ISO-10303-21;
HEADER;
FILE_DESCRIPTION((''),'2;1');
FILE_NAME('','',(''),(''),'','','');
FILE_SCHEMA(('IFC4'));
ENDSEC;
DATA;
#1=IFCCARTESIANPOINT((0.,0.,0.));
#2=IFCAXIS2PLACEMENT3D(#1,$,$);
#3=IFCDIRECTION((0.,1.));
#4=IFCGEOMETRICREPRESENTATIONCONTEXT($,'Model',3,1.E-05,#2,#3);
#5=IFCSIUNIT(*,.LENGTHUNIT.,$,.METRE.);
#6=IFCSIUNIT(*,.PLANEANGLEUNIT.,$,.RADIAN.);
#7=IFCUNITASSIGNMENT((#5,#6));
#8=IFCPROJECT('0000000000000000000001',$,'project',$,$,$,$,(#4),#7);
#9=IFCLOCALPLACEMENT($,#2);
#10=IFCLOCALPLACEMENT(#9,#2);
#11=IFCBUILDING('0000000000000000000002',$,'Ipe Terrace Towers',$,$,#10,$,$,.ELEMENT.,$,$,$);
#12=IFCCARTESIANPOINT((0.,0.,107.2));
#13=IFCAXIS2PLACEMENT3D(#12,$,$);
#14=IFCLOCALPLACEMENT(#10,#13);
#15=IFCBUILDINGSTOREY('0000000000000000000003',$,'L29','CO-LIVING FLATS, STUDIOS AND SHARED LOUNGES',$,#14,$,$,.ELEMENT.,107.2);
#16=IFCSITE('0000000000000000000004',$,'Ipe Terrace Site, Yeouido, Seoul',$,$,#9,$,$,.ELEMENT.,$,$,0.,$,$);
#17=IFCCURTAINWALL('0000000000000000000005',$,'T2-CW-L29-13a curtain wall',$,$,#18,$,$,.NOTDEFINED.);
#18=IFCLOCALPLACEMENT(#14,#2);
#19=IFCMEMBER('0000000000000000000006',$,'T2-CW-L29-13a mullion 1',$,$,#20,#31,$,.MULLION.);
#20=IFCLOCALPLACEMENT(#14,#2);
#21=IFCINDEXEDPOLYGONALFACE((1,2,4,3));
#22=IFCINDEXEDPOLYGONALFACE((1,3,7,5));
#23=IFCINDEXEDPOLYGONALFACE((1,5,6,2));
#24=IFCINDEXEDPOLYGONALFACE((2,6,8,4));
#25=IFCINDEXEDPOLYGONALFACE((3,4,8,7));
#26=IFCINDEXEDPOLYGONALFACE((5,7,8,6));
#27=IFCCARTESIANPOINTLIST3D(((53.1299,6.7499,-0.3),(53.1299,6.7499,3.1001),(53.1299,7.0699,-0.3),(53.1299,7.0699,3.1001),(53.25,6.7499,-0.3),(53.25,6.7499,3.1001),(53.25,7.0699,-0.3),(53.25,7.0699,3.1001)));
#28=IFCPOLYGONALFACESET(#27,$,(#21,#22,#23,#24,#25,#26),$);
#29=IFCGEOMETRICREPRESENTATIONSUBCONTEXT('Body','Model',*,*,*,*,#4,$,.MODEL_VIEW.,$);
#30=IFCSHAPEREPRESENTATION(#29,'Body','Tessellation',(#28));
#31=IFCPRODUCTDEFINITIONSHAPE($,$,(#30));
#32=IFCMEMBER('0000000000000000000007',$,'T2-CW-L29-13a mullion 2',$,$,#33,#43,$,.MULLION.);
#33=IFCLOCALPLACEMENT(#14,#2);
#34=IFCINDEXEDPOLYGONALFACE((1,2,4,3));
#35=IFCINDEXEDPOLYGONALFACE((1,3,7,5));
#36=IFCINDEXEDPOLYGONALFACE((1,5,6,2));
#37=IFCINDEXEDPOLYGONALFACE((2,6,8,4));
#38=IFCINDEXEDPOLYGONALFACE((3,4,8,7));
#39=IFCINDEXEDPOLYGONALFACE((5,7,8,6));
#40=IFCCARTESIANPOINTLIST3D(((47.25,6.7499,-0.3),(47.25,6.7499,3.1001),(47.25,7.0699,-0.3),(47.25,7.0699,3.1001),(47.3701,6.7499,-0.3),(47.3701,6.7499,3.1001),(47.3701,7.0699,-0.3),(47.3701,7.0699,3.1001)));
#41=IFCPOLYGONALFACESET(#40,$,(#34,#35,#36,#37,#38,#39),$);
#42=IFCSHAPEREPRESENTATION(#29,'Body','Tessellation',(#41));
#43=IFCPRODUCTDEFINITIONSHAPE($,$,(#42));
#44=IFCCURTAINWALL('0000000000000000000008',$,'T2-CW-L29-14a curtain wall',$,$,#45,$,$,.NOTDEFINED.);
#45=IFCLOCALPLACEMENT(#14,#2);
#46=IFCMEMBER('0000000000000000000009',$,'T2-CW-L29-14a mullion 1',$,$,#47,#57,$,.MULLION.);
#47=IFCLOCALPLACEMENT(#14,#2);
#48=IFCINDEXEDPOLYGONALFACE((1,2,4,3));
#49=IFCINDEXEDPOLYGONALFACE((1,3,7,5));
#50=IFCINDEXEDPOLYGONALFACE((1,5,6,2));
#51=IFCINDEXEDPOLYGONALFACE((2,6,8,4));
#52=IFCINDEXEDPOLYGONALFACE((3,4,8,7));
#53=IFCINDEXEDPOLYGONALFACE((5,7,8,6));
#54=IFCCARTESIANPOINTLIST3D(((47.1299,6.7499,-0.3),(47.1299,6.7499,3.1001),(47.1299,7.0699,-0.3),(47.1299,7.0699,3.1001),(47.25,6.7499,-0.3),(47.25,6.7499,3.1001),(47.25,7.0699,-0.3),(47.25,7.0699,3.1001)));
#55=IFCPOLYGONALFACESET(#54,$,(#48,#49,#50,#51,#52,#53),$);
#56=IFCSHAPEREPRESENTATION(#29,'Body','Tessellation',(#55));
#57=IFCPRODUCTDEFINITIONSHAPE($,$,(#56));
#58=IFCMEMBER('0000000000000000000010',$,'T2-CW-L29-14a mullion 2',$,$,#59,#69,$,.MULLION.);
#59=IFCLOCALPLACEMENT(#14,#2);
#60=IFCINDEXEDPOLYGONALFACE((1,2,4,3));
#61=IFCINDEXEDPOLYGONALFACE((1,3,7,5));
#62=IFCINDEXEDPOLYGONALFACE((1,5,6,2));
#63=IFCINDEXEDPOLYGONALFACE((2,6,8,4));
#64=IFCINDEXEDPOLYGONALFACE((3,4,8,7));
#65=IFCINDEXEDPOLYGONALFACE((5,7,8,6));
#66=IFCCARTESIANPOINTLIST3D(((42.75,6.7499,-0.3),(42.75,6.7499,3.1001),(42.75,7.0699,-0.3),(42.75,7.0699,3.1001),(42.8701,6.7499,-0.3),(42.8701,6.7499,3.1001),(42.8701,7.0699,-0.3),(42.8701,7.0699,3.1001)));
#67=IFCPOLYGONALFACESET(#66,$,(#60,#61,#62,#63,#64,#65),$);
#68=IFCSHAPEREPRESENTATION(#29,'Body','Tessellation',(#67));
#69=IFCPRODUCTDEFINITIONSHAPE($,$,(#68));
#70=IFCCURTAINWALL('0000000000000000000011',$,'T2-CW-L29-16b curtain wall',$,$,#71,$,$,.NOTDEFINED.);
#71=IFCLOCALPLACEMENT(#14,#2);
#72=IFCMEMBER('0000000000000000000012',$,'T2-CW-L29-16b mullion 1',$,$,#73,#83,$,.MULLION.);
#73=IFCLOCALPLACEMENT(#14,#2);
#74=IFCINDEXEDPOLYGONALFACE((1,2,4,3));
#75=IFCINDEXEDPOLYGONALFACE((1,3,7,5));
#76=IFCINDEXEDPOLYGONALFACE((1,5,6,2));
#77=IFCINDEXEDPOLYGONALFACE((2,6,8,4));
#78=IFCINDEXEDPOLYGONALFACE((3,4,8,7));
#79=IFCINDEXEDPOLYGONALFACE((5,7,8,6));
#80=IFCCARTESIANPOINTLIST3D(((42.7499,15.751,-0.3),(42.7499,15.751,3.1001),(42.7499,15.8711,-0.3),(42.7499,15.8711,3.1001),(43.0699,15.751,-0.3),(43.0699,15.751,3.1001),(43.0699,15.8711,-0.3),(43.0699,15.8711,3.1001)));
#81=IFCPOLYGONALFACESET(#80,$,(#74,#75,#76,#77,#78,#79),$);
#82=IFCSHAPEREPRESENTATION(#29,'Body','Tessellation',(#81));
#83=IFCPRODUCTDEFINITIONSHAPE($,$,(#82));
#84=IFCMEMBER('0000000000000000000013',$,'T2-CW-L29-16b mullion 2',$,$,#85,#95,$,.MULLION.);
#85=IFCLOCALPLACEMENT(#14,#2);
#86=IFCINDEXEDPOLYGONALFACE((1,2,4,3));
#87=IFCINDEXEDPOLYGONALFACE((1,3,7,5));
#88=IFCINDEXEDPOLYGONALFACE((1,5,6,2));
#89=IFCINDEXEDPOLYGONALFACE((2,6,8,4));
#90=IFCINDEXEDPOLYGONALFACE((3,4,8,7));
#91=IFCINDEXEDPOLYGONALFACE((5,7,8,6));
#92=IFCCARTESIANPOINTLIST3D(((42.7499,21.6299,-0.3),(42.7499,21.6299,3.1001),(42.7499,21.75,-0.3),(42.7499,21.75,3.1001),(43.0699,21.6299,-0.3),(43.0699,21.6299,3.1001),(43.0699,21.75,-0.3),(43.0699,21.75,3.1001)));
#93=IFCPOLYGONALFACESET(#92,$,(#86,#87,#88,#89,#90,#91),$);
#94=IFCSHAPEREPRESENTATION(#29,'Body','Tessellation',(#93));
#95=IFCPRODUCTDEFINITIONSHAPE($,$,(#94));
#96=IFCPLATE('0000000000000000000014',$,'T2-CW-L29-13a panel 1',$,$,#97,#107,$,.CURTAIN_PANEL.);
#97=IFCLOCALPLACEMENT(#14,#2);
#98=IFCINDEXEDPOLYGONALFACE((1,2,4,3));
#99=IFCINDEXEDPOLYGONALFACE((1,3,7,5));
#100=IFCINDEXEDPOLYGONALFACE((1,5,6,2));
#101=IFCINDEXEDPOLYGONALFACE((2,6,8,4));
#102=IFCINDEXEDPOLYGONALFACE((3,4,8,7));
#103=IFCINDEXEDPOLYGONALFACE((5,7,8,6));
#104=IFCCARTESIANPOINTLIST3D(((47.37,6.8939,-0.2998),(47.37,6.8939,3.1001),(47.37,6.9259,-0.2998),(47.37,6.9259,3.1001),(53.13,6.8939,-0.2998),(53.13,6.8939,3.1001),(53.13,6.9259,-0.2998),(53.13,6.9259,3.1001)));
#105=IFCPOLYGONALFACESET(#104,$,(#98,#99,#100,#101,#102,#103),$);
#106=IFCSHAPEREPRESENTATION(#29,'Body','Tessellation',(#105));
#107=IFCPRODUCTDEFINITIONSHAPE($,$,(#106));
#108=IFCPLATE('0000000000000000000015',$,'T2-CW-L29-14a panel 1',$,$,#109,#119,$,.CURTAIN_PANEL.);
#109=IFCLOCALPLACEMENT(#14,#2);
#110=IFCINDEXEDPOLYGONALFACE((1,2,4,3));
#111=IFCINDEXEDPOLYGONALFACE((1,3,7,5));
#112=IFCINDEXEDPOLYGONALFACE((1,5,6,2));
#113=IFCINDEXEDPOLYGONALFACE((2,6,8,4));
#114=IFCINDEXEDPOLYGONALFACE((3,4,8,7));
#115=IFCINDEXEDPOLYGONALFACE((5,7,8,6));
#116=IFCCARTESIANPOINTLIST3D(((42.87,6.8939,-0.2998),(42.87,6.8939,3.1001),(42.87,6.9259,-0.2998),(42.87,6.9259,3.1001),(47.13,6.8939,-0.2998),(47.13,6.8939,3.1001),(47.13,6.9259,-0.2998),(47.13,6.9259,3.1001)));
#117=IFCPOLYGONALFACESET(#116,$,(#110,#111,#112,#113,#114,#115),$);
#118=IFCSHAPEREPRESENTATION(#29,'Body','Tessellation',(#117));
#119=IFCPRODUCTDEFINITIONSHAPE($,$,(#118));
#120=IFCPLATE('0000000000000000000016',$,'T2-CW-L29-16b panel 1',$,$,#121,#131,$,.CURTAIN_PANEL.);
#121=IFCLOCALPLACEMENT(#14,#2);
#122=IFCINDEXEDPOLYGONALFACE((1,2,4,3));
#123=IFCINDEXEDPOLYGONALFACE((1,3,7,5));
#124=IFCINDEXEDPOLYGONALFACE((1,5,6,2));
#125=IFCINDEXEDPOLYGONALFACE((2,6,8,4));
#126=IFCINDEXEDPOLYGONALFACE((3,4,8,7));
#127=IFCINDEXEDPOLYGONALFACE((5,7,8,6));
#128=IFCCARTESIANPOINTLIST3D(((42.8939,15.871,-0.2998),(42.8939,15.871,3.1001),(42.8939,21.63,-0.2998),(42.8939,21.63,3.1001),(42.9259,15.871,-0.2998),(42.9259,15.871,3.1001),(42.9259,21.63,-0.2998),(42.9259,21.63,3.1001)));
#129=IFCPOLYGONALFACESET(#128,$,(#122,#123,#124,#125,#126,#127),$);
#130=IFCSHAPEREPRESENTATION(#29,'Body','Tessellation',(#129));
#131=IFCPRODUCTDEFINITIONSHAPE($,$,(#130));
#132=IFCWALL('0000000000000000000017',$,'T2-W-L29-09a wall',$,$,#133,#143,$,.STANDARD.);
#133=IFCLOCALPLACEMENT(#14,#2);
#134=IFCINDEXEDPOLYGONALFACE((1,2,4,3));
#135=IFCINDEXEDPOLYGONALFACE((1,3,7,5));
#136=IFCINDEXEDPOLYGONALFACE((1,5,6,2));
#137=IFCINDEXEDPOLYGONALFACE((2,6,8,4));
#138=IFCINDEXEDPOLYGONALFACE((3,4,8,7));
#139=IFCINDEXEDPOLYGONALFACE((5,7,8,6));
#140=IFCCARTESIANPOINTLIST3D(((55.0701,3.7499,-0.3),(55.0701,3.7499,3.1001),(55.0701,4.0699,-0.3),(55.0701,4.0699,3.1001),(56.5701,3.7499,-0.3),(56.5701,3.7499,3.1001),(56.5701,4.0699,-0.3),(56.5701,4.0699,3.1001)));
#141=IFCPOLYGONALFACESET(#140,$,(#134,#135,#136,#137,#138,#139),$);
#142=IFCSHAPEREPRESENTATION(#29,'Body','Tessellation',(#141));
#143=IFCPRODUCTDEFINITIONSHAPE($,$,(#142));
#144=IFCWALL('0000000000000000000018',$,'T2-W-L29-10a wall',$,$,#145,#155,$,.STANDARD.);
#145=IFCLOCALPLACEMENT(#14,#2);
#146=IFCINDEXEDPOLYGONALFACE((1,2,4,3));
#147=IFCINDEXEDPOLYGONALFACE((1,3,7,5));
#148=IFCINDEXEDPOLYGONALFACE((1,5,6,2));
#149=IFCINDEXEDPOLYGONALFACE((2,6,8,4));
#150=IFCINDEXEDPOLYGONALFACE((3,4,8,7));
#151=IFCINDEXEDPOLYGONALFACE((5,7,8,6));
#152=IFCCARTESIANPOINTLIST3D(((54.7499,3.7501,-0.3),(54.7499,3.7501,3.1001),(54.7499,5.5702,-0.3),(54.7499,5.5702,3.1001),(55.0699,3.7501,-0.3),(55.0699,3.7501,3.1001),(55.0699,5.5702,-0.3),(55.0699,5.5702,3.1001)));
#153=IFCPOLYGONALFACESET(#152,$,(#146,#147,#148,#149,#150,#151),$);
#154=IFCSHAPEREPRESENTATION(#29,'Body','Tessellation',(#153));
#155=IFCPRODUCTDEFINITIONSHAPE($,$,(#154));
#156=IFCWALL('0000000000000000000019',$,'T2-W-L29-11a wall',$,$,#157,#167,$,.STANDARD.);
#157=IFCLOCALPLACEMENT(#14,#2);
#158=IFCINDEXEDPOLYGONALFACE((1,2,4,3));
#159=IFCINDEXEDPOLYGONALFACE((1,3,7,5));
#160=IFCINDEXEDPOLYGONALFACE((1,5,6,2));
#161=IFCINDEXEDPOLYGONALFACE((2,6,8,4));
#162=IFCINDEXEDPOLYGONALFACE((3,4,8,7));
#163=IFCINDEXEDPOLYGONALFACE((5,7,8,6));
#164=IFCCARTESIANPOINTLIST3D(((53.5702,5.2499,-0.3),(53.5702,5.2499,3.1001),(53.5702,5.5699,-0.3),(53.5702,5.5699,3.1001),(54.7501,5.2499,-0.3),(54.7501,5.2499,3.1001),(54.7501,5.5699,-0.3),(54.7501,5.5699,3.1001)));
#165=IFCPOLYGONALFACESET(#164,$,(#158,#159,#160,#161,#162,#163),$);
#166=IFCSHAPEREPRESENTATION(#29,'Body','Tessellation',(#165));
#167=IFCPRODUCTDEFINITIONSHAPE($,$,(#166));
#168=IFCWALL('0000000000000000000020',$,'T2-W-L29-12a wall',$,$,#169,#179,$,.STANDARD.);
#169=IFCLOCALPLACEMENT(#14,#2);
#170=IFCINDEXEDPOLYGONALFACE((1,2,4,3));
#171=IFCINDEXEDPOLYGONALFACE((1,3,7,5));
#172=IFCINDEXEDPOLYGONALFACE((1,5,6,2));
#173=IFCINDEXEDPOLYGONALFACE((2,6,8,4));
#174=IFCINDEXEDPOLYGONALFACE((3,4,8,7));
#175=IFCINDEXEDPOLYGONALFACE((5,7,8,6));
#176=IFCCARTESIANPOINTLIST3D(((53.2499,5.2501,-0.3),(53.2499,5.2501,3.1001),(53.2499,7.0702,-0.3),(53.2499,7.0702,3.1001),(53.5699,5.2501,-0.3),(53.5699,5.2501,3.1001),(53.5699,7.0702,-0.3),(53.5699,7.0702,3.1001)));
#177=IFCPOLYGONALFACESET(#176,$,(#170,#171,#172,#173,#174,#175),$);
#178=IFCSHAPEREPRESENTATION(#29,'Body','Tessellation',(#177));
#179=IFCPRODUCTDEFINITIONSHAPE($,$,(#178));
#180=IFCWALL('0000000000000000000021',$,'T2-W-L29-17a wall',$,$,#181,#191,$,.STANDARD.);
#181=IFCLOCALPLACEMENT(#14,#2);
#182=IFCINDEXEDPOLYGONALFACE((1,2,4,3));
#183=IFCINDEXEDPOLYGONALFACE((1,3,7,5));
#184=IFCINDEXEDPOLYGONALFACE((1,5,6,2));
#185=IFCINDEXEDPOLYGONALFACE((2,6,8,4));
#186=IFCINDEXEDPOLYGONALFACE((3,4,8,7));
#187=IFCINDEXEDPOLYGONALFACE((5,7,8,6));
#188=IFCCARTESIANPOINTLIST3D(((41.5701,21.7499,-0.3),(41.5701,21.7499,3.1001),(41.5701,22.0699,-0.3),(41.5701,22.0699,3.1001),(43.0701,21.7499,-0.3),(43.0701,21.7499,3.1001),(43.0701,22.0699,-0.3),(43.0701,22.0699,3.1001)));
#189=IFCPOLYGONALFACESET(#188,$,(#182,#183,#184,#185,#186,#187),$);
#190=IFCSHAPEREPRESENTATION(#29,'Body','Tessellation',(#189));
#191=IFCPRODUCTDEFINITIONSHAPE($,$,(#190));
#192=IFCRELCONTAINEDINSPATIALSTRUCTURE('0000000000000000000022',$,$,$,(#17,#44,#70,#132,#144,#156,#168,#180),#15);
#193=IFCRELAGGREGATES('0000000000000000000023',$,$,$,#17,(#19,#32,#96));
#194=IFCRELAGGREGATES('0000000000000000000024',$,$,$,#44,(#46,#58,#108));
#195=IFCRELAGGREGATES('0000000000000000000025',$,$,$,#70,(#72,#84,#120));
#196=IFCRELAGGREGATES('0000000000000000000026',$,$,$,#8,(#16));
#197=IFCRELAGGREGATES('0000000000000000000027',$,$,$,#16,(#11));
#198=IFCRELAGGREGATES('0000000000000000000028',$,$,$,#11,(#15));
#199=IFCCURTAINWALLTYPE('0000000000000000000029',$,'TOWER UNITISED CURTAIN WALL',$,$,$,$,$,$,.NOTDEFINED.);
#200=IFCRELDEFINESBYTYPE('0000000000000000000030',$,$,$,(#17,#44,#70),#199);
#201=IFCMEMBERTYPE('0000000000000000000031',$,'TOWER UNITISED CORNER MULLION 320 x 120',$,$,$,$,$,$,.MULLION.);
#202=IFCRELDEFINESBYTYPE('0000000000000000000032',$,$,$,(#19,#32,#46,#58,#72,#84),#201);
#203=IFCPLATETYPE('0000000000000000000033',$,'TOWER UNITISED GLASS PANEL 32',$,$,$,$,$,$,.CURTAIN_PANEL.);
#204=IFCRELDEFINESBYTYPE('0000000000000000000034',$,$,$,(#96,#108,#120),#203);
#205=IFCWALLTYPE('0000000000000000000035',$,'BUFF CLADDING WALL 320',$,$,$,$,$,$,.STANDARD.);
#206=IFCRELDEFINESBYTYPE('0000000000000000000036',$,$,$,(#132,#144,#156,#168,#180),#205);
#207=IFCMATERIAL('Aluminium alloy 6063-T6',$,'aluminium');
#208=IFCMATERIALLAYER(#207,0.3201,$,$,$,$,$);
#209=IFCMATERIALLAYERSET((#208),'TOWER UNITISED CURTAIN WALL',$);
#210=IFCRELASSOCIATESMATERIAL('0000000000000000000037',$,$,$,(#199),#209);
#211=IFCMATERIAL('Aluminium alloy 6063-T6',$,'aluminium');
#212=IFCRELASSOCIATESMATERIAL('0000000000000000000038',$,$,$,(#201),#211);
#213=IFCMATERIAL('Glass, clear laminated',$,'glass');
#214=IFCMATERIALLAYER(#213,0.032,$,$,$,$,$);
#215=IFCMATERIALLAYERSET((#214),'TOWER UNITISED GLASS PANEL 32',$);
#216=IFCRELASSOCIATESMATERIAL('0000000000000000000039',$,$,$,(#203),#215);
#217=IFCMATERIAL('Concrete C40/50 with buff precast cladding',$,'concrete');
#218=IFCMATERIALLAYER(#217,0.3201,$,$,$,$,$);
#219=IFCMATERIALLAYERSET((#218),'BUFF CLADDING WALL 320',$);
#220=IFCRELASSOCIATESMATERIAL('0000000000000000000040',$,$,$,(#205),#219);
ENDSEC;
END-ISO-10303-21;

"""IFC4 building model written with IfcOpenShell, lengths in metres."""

from ifc_helpers import new_model, si_unit, direction, frame, frame_2d, origin, origin_2d, place, context, subcontext, project, spatial, rectangle, extrude, material, layer, layer_set, material_profile, profile_set, type_object, element, aggregate, save


model = new_model("IFC4")

# Units and contexts
model_context = context("Model", 3, precision=1e-05, world=origin(), true_north=direction((0.0, 1.0)))
body_context = subcontext(model_context, "Body", "Model", "MODEL_VIEW")
ifc_project = project(units=[si_unit("LENGTHUNIT", "METRE"), si_unit("PLANEANGLEUNIT", "RADIAN")], contexts=[model_context])

# Site, building, storey
site_placement = place(None, origin())
site = spatial("IfcSite", under=ifc_project, at=site_placement, Name="Ipe Terrace Site, Yeouido, Seoul", CompositionType="ELEMENT", RefElevation=0.0)
building_placement = place(site_placement, origin())
building = spatial("IfcBuilding", under=site, at=building_placement, Name="Ipe Terrace Towers", CompositionType="ELEMENT")
storey_placement = place(building_placement, frame((0.0, 0.0, 107.2)))
storey = spatial("IfcBuildingStorey", under=building, at=storey_placement, Name="L29", Description="CO-LIVING FLATS, STUDIOS AND SHARED LOUNGES", CompositionType="ELEMENT", Elevation=107.2)

# Shared definitions
ifc_material_1 = material(Name="Aluminium alloy 6063-T6", Category="aluminium")
ifc_layer_1 = layer(ifc_material_1, 0.3201)
ifc_layer_set_1 = layer_set([ifc_layer_1], Name="TOWER UNITISED CURTAIN WALL")
curtain_wall_type = type_object("IfcCurtainWallType", Name="TOWER UNITISED CURTAIN WALL", PredefinedType="NOTDEFINED", material=ifc_layer_set_1)
ifc_material_2 = material(Name="Aluminium alloy 6063-T6", Category="aluminium")
ifc_material_profile_1 = material_profile(ifc_material_2, rectangle(XDim=0.3201, YDim=0.1201, at=origin_2d()), Name="TOWER UNITISED CORNER MULLION 320 x 120")
ifc_profile_set_1 = profile_set([ifc_material_profile_1], Name="Aluminium alloy 6063-T6")
member_type = type_object("IfcMemberType", Name="TOWER UNITISED CORNER MULLION 320 x 120", PredefinedType="MULLION", material=ifc_profile_set_1)

# Curtain walls, members
curtain_wall_1_placement = place(storey_placement, origin())
curtain_wall_1 = element("IfcCurtainWall", 1, at=curtain_wall_1_placement, inside=storey, type_object=curtain_wall_type, Name="T2-CW-L29-13a curtain wall", PredefinedType="NOTDEFINED")
member_1_placement = place(storey_placement, frame((53.1899, 6.9099, -0.3), z_axis=(0.0, 0.0, 1.0), x_axis=(0.0, 1.0, 0.0)))
member_1 = element("IfcMember", 2, at=member_1_placement, type_object=member_type, Name="T2-CW-L29-13a mullion 1", PredefinedType="MULLION", context=body_context, shape_type="SweptSolid", body=[
    extrude(rectangle(XDim=0.3201, YDim=0.1201, at=origin_2d()), origin(), (0.0, 0.0, 1.0), 3.4001),
])
member_2_placement = place(storey_placement, frame((47.3101, 6.9099, -0.3), z_axis=(0.0, 0.0, 1.0), x_axis=(0.0, 1.0, 0.0)))
member_2 = element("IfcMember", 3, at=member_2_placement, type_object=member_type, Name="T2-CW-L29-13a mullion 2", PredefinedType="MULLION", context=body_context, shape_type="SweptSolid", body=[
    extrude(rectangle(XDim=0.3201, YDim=0.1201, at=origin_2d()), origin(), (0.0, 0.0, 1.0), 3.4001),
])
curtain_wall_2_placement = place(storey_placement, origin())
curtain_wall_2 = element("IfcCurtainWall", 4, at=curtain_wall_2_placement, inside=storey, type_object=curtain_wall_type, Name="T2-CW-L29-14a curtain wall", PredefinedType="NOTDEFINED")
member_3_placement = place(storey_placement, frame((47.1899, 6.9099, -0.3), z_axis=(0.0, 0.0, 1.0), x_axis=(0.0, 1.0, 0.0)))
member_3 = element("IfcMember", 5, at=member_3_placement, type_object=member_type, Name="T2-CW-L29-14a mullion 1", PredefinedType="MULLION", context=body_context, shape_type="SweptSolid", body=[
    extrude(rectangle(XDim=0.3201, YDim=0.1201, at=origin_2d()), origin(), (0.0, 0.0, 1.0), 3.4001),
])
member_4_placement = place(storey_placement, frame((42.8101, 6.9099, -0.3), z_axis=(0.0, 0.0, 1.0), x_axis=(0.0, 1.0, 0.0)))
member_4 = element("IfcMember", 6, at=member_4_placement, type_object=member_type, Name="T2-CW-L29-14a mullion 2", PredefinedType="MULLION", context=body_context, shape_type="SweptSolid", body=[
    extrude(rectangle(XDim=0.3201, YDim=0.1201, at=origin_2d()), origin(), (0.0, 0.0, 1.0), 3.4001),
])
curtain_wall_3_placement = place(storey_placement, origin())
curtain_wall_3 = element("IfcCurtainWall", 7, at=curtain_wall_3_placement, inside=storey, type_object=curtain_wall_type, Name="T2-CW-L29-16b curtain wall", PredefinedType="NOTDEFINED")
member_5_placement = place(storey_placement, frame((42.9099, 15.811, -0.3), z_axis=(0.0, 0.0, 1.0), x_axis=(1.0, 0.0, 0.0)))
member_5 = element("IfcMember", 8, at=member_5_placement, type_object=member_type, Name="T2-CW-L29-16b mullion 1", PredefinedType="MULLION", context=body_context, shape_type="SweptSolid", body=[
    extrude(rectangle(XDim=0.3201, YDim=0.1201, at=origin_2d()), origin(), (0.0, 0.0, 1.0), 3.4001),
])
member_6_placement = place(storey_placement, frame((42.9099, 21.6899, -0.3), z_axis=(0.0, 0.0, 1.0), x_axis=(1.0, 0.0, 0.0)))
member_6 = element("IfcMember", 9, at=member_6_placement, type_object=member_type, Name="T2-CW-L29-16b mullion 2", PredefinedType="MULLION", context=body_context, shape_type="SweptSolid", body=[
    extrude(rectangle(XDim=0.3201, YDim=0.1201, at=origin_2d()), origin(), (0.0, 0.0, 1.0), 3.4001),
])

# Plates
ifc_material_3 = material(Name="Glass, clear laminated", Category="glass")
ifc_layer_2 = layer(ifc_material_3, 0.032)
ifc_layer_set_2 = layer_set([ifc_layer_2], Name="TOWER UNITISED GLASS PANEL 32")
plate_type = type_object("IfcPlateType", Name="TOWER UNITISED GLASS PANEL 32", PredefinedType="CURTAIN_PANEL", material=ifc_layer_set_2)
plate_1_placement = place(storey_placement, frame((50.25, 6.9099, -0.2998), z_axis=(0.0, 0.0, 1.0), x_axis=(-1.0, 0.0, 0.0)))
plate_1 = element("IfcPlate", 10, at=plate_1_placement, type_object=plate_type, Name="T2-CW-L29-13a panel 1", PredefinedType="CURTAIN_PANEL", context=body_context, shape_type="SweptSolid", body=[
    extrude(rectangle(XDim=5.76, YDim=0.032, at=origin_2d()), origin(), (0.0, 0.0, 1.0), 3.3999),
])
aggregate(curtain_wall_1, [member_1, member_2, plate_1])
plate_2_placement = place(storey_placement, frame((45.0, 6.9099, -0.2998), z_axis=(0.0, 0.0, 1.0), x_axis=(-1.0, 0.0, 0.0)))
plate_2 = element("IfcPlate", 11, at=plate_2_placement, type_object=plate_type, Name="T2-CW-L29-14a panel 1", PredefinedType="CURTAIN_PANEL", context=body_context, shape_type="SweptSolid", body=[
    extrude(rectangle(XDim=4.26, YDim=0.032, at=origin_2d()), origin(), (0.0, 0.0, 1.0), 3.3999),
])
aggregate(curtain_wall_2, [member_3, member_4, plate_2])
plate_3_placement = place(storey_placement, frame((42.9099, 18.7505, -0.2998), z_axis=(0.0, 0.0, 1.0), x_axis=(0.0, 1.0, 0.0)))
plate_3 = element("IfcPlate", 12, at=plate_3_placement, type_object=plate_type, Name="T2-CW-L29-16b panel 1", PredefinedType="CURTAIN_PANEL", context=body_context, shape_type="SweptSolid", body=[
    extrude(rectangle(XDim=5.759, YDim=0.032, at=origin_2d()), origin(), (0.0, 0.0, 1.0), 3.3999),
])
aggregate(curtain_wall_3, [member_5, member_6, plate_3])

# Walls
ifc_material_4 = material(Name="Concrete C40/50 with buff precast cladding", Category="concrete")
ifc_layer_3 = layer(ifc_material_4, 0.3201)
ifc_layer_set_3 = layer_set([ifc_layer_3], Name="BUFF CLADDING WALL 320")
wall_type_1 = type_object("IfcWallType", Name="BUFF CLADDING WALL 320", PredefinedType="STANDARD", material=ifc_layer_set_3)
wall_1_placement = place(storey_placement, frame((56.5701, 3.9099, -0.3), z_axis=(0.0, 0.0, 1.0), x_axis=(-1.0, 0.0, 0.0)))
element("IfcWall", 13, at=wall_1_placement, inside=storey, type_object=wall_type_1, Name="T2-W-L29-09a wall", PredefinedType="STANDARD", context=body_context, shape_type="SweptSolid", body=[
    extrude(rectangle(XDim=1.5, YDim=0.3201, at=frame_2d((0.75, 0.0))), origin(), (0.0, 0.0, 1.0), 3.4001),
])
wall_2_placement = place(storey_placement, frame((54.9099, 3.75, -0.3), z_axis=(0.0, 0.0, 1.0), x_axis=(0.0, 1.0, 0.0)))
element("IfcWall", 14, at=wall_2_placement, inside=storey, type_object=wall_type_1, Name="T2-W-L29-10a wall", PredefinedType="STANDARD", context=body_context, shape_type="SweptSolid", body=[
    extrude(rectangle(XDim=1.8201, YDim=0.3201, at=frame_2d((0.9102, 0.0))), origin(), (0.0, 0.0, 1.0), 3.4001),
])
wall_3_placement = place(storey_placement, frame((54.75, 5.4099, -0.3), z_axis=(0.0, 0.0, 1.0), x_axis=(-1.0, 0.0, 0.0)))
element("IfcWall", 15, at=wall_3_placement, inside=storey, type_object=wall_type_1, Name="T2-W-L29-11a wall", PredefinedType="STANDARD", context=body_context, shape_type="SweptSolid", body=[
    extrude(rectangle(XDim=1.1799, YDim=0.3201, at=frame_2d((0.5898, 0.0))), origin(), (0.0, 0.0, 1.0), 3.4001),
])
wall_4_placement = place(storey_placement, frame((53.4099, 5.25, -0.3), z_axis=(0.0, 0.0, 1.0), x_axis=(0.0, 1.0, 0.0)))
element("IfcWall", 16, at=wall_4_placement, inside=storey, type_object=wall_type_1, Name="T2-W-L29-12a wall", PredefinedType="STANDARD", context=body_context, shape_type="SweptSolid", body=[
    extrude(rectangle(XDim=1.8201, YDim=0.3201, at=frame_2d((0.9102, 0.0))), origin(), (0.0, 0.0, 1.0), 3.4001),
])
wall_5_placement = place(storey_placement, frame((43.0701, 21.9099, -0.3), z_axis=(0.0, 0.0, 1.0), x_axis=(-1.0, 0.0, 0.0)))
element("IfcWall", 17, at=wall_5_placement, inside=storey, type_object=wall_type_1, Name="T2-W-L29-17a wall", PredefinedType="STANDARD", context=body_context, shape_type="SweptSolid", body=[
    extrude(rectangle(XDim=1.5, YDim=0.3201, at=frame_2d((0.75, 0.0))), origin(), (0.0, 0.0, 1.0), 3.4001),
])

save(model, "model.ifc")
